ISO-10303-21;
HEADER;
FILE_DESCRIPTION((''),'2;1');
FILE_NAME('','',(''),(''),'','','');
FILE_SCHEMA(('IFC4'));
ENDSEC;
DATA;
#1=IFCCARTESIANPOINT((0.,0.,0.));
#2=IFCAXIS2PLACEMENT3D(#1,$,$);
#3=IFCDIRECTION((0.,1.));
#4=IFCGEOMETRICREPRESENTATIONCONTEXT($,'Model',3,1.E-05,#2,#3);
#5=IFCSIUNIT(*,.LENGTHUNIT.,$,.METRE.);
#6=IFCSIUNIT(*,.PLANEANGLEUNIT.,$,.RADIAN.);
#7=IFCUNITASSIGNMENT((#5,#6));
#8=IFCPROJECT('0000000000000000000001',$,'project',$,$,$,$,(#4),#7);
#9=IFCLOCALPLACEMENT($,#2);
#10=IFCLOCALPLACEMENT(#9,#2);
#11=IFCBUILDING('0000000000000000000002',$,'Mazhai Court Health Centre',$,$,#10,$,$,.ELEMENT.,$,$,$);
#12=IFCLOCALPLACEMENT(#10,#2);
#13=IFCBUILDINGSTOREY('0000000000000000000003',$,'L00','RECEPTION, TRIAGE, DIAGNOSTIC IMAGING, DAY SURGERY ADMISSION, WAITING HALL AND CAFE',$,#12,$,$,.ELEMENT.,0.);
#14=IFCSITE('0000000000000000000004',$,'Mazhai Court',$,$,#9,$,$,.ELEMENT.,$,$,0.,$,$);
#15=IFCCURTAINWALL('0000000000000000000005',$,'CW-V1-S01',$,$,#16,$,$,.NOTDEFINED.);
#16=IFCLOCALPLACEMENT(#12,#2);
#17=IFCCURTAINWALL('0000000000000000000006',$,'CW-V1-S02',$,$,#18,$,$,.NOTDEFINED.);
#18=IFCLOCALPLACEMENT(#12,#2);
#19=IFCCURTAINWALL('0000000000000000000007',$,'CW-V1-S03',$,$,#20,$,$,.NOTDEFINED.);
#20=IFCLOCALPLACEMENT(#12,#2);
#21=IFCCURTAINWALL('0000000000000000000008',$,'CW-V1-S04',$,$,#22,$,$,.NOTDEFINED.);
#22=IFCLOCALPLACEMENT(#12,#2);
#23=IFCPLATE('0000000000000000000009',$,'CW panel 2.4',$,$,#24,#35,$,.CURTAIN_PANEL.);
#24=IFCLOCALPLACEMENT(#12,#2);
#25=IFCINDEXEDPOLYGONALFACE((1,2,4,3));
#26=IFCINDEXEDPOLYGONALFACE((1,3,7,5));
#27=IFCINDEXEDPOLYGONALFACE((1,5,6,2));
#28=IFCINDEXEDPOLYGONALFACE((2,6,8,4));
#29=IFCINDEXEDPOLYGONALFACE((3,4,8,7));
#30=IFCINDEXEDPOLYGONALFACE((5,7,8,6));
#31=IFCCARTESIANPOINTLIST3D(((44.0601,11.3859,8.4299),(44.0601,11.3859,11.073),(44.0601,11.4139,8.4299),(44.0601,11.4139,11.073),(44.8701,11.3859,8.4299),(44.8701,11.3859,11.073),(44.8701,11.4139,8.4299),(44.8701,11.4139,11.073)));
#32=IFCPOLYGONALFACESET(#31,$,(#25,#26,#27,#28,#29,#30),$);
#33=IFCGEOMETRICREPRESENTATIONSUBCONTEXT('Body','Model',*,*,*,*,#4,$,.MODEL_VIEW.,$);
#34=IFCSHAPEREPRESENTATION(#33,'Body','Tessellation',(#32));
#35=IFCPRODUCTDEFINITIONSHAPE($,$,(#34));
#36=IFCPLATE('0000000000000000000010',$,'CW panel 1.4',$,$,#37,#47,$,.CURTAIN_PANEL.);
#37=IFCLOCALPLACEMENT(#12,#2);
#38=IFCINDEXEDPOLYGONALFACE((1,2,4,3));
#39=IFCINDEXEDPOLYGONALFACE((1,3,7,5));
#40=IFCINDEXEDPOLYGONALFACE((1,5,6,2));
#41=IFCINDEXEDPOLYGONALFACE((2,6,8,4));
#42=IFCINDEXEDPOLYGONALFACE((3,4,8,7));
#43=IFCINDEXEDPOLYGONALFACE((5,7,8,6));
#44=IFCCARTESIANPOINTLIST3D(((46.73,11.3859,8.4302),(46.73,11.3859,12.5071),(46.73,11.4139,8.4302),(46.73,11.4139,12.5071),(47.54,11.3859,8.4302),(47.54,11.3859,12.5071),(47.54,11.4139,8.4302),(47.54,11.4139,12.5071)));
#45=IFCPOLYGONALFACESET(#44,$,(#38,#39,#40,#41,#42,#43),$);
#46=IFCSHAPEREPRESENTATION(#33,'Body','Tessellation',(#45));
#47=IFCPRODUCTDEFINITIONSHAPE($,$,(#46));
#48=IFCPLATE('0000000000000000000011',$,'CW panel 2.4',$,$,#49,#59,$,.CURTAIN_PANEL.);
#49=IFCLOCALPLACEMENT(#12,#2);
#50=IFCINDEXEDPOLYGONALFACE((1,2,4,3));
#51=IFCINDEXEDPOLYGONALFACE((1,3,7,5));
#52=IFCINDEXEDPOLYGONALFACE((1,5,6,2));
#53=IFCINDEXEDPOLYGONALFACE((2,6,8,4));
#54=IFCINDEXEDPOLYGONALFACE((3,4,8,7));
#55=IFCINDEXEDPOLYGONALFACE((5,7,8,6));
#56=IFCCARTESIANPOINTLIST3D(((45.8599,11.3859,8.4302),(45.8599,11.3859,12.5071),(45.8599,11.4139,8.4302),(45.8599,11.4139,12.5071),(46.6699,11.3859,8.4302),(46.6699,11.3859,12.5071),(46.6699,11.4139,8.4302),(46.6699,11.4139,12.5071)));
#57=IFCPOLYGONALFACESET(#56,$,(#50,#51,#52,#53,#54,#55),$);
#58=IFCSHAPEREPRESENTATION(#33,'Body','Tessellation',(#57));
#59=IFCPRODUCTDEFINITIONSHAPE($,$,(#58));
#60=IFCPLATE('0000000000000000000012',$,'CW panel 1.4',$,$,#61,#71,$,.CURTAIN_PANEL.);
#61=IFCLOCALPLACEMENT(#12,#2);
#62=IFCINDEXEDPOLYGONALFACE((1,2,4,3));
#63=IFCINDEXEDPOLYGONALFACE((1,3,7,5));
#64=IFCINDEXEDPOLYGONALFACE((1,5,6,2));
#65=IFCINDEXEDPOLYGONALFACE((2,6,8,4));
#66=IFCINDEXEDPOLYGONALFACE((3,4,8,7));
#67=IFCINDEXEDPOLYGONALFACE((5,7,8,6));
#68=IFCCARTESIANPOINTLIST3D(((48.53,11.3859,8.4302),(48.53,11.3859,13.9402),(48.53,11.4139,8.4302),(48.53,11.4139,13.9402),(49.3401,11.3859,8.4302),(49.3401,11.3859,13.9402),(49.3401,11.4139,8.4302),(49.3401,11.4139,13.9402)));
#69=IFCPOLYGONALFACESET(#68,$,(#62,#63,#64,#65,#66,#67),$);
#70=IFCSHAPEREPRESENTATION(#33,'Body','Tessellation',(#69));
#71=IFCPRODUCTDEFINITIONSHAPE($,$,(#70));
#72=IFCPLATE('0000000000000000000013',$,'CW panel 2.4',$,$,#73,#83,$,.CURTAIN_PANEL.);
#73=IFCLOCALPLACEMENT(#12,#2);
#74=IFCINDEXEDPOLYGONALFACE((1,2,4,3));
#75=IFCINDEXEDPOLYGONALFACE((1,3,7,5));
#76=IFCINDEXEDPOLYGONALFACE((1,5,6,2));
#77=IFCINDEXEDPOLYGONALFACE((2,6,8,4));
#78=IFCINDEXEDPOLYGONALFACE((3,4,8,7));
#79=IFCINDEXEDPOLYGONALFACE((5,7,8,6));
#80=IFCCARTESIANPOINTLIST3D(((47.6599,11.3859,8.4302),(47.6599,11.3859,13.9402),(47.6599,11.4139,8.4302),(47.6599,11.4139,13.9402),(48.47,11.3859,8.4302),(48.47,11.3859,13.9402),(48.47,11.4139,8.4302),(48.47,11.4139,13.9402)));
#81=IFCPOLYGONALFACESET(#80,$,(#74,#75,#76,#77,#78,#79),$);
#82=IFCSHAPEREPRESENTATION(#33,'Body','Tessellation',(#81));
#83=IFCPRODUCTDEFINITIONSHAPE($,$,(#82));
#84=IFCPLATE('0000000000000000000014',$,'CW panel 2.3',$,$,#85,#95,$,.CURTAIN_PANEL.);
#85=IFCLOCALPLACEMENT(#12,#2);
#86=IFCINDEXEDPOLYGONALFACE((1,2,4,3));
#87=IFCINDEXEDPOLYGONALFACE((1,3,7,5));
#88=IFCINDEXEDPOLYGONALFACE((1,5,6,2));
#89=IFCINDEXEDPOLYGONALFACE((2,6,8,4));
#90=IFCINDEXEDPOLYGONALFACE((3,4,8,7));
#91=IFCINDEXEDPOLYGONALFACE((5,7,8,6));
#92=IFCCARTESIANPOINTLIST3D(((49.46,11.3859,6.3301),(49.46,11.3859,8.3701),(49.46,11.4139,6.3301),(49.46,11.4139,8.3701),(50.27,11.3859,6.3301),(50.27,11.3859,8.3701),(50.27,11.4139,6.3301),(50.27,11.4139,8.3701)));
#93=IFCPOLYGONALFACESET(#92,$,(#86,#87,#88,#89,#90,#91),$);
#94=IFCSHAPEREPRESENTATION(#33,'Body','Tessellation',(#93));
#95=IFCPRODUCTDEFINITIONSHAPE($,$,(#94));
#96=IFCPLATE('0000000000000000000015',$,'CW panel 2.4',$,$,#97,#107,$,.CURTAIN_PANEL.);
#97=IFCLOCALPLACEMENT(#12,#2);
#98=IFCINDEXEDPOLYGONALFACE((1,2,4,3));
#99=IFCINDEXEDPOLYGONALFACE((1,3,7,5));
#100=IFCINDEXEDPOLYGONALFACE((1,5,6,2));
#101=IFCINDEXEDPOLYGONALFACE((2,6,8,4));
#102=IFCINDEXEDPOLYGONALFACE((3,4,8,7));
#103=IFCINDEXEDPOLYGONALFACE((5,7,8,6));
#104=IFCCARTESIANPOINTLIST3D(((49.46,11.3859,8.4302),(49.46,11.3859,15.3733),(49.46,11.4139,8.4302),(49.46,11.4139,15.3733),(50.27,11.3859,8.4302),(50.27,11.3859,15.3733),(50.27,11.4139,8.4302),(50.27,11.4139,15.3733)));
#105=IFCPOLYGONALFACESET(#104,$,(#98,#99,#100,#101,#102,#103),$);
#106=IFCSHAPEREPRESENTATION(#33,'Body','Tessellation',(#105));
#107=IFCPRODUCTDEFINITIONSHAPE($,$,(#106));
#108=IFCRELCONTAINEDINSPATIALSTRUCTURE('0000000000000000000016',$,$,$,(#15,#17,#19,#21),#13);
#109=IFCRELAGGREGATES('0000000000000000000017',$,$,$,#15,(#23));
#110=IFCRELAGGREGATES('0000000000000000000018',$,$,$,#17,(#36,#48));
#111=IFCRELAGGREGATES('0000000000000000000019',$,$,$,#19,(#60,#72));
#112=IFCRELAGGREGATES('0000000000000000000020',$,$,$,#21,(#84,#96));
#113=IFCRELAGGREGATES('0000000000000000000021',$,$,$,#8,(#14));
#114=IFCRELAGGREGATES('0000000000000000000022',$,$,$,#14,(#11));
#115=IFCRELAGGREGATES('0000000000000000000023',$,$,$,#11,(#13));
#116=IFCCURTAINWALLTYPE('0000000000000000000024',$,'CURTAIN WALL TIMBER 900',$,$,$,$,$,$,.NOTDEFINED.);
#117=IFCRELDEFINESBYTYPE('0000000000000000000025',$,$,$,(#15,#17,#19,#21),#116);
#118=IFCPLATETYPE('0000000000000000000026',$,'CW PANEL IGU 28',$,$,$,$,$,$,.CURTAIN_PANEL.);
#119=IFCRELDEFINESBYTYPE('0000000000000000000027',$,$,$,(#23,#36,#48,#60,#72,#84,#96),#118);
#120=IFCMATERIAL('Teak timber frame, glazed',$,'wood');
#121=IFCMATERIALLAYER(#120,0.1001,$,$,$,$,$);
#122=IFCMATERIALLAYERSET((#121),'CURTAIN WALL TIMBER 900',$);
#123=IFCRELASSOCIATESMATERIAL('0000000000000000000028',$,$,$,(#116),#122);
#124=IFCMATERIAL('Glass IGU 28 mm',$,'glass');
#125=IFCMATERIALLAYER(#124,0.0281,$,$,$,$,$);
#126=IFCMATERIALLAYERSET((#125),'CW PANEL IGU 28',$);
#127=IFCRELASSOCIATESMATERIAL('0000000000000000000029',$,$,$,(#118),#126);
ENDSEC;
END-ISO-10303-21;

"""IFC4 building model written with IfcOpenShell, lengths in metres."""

from ifc_helpers import new_model, si_unit, direction, frame, origin, origin_2d, place, context, subcontext, project, spatial, rectangle, extrude, material, layer, layer_set, type_object, element, aggregate, save


model = new_model("IFC4")

# Units and contexts
model_context = context("Model", 3, precision=1e-05, world=origin(), true_north=direction((0.0, 1.0)))
body_context = subcontext(model_context, "Body", "Model", "MODEL_VIEW")
ifc_project = project(units=[si_unit("LENGTHUNIT", "METRE"), si_unit("PLANEANGLEUNIT", "RADIAN")], contexts=[model_context])

# Site, building, storey
site_placement = place(None, origin())
site = spatial("IfcSite", under=ifc_project, at=site_placement, Name="Mazhai Court", CompositionType="ELEMENT", RefElevation=0.0)
building_placement = place(site_placement, origin())
building = spatial("IfcBuilding", under=site, at=building_placement, Name="Mazhai Court Health Centre", CompositionType="ELEMENT")
storey_placement = place(building_placement, origin())
storey = spatial("IfcBuildingStorey", under=building, at=storey_placement, Name="L00", Description="RECEPTION, TRIAGE, DIAGNOSTIC IMAGING, DAY SURGERY ADMISSION, WAITING HALL AND CAFE", CompositionType="ELEMENT", Elevation=0.0)

# Curtain walls
ifc_material_1 = material(Name="Teak timber frame, glazed", Category="wood")
ifc_layer_1 = layer(ifc_material_1, 0.1001)
ifc_layer_set_1 = layer_set([ifc_layer_1], Name="CURTAIN WALL TIMBER 900")
curtain_wall_type = type_object("IfcCurtainWallType", Name="CURTAIN WALL TIMBER 900", PredefinedType="NOTDEFINED", material=ifc_layer_set_1)
curtain_wall_1_placement = place(storey_placement, origin())
curtain_wall_1 = element("IfcCurtainWall", 1, at=curtain_wall_1_placement, inside=storey, type_object=curtain_wall_type, Name="CW-V1-S01", PredefinedType="NOTDEFINED")
curtain_wall_2_placement = place(storey_placement, origin())
curtain_wall_2 = element("IfcCurtainWall", 2, at=curtain_wall_2_placement, inside=storey, type_object=curtain_wall_type, Name="CW-V1-S02", PredefinedType="NOTDEFINED")
curtain_wall_3_placement = place(storey_placement, origin())
curtain_wall_3 = element("IfcCurtainWall", 3, at=curtain_wall_3_placement, inside=storey, type_object=curtain_wall_type, Name="CW-V1-S03", PredefinedType="NOTDEFINED")
curtain_wall_4_placement = place(storey_placement, origin())
curtain_wall_4 = element("IfcCurtainWall", 4, at=curtain_wall_4_placement, inside=storey, type_object=curtain_wall_type, Name="CW-V1-S04", PredefinedType="NOTDEFINED")

# Plates
ifc_material_2 = material(Name="Glass IGU 28 mm", Category="glass")
ifc_layer_2 = layer(ifc_material_2, 0.0281)
ifc_layer_set_2 = layer_set([ifc_layer_2], Name="CW PANEL IGU 28")
plate_type = type_object("IfcPlateType", Name="CW PANEL IGU 28", PredefinedType="CURTAIN_PANEL", material=ifc_layer_set_2)
plate_1_placement = place(storey_placement, frame((44.4651, 11.3999, 8.4299), z_axis=(0.0, 0.0, 1.0), x_axis=(-1.0, 0.0, 0.0)))
plate_1 = element("IfcPlate", 5, at=plate_1_placement, type_object=plate_type, Name="CW panel 2.4", PredefinedType="CURTAIN_PANEL", context=body_context, shape_type="SweptSolid", body=[
    extrude(rectangle(XDim=0.8101, YDim=0.0281, at=origin_2d()), origin(), (0.0, 0.0, 1.0), 2.6431),
])
aggregate(curtain_wall_1, [plate_1])
plate_2_placement = place(storey_placement, frame((47.135, 11.3999, 8.4302), z_axis=(0.0, 0.0, 1.0), x_axis=(-1.0, 0.0, 0.0)))
plate_2 = element("IfcPlate", 6, at=plate_2_placement, type_object=plate_type, Name="CW panel 1.4", PredefinedType="CURTAIN_PANEL", context=body_context, shape_type="SweptSolid", body=[
    extrude(rectangle(XDim=0.8101, YDim=0.0281, at=origin_2d()), origin(), (0.0, 0.0, 1.0), 4.0769),
])
plate_3_placement = place(storey_placement, frame((46.2649, 11.3999, 8.4302), z_axis=(0.0, 0.0, 1.0), x_axis=(-1.0, 0.0, 0.0)))
plate_3 = element("IfcPlate", 7, at=plate_3_placement, type_object=plate_type, Name="CW panel 2.4", PredefinedType="CURTAIN_PANEL", context=body_context, shape_type="SweptSolid", body=[
    extrude(rectangle(XDim=0.8101, YDim=0.0281, at=origin_2d()), origin(), (0.0, 0.0, 1.0), 4.0769),
])
aggregate(curtain_wall_2, [plate_2, plate_3])
plate_4_placement = place(storey_placement, frame((48.9351, 11.3999, 8.4302), z_axis=(0.0, 0.0, 1.0), x_axis=(-1.0, 0.0, 0.0)))
plate_4 = element("IfcPlate", 8, at=plate_4_placement, type_object=plate_type, Name="CW panel 1.4", PredefinedType="CURTAIN_PANEL", context=body_context, shape_type="SweptSolid", body=[
    extrude(rectangle(XDim=0.8101, YDim=0.0281, at=origin_2d()), origin(), (0.0, 0.0, 1.0), 5.51),
])
plate_5_placement = place(storey_placement, frame((48.0649, 11.3999, 8.4302), z_axis=(0.0, 0.0, 1.0), x_axis=(-1.0, 0.0, 0.0)))
plate_5 = element("IfcPlate", 9, at=plate_5_placement, type_object=plate_type, Name="CW panel 2.4", PredefinedType="CURTAIN_PANEL", context=body_context, shape_type="SweptSolid", body=[
    extrude(rectangle(XDim=0.8101, YDim=0.0281, at=origin_2d()), origin(), (0.0, 0.0, 1.0), 5.51),
])
aggregate(curtain_wall_3, [plate_4, plate_5])
plate_6_placement = place(storey_placement, frame((49.865, 11.3999, 6.3301), z_axis=(0.0, 0.0, 1.0), x_axis=(-1.0, 0.0, 0.0)))
plate_6 = element("IfcPlate", 10, at=plate_6_placement, type_object=plate_type, Name="CW panel 2.3", PredefinedType="CURTAIN_PANEL", context=body_context, shape_type="SweptSolid", body=[
    extrude(rectangle(XDim=0.8101, YDim=0.0281, at=origin_2d()), origin(), (0.0, 0.0, 1.0), 2.04),
])
plate_7_placement = place(storey_placement, frame((49.865, 11.3999, 8.4302), z_axis=(0.0, 0.0, 1.0), x_axis=(-1.0, 0.0, 0.0)))
plate_7 = element("IfcPlate", 11, at=plate_7_placement, type_object=plate_type, Name="CW panel 2.4", PredefinedType="CURTAIN_PANEL", context=body_context, shape_type="SweptSolid", body=[
    extrude(rectangle(XDim=0.8101, YDim=0.0281, at=origin_2d()), origin(), (0.0, 0.0, 1.0), 6.9431),
])
aggregate(curtain_wall_4, [plate_6, plate_7])

save(model, "model.ifc")
